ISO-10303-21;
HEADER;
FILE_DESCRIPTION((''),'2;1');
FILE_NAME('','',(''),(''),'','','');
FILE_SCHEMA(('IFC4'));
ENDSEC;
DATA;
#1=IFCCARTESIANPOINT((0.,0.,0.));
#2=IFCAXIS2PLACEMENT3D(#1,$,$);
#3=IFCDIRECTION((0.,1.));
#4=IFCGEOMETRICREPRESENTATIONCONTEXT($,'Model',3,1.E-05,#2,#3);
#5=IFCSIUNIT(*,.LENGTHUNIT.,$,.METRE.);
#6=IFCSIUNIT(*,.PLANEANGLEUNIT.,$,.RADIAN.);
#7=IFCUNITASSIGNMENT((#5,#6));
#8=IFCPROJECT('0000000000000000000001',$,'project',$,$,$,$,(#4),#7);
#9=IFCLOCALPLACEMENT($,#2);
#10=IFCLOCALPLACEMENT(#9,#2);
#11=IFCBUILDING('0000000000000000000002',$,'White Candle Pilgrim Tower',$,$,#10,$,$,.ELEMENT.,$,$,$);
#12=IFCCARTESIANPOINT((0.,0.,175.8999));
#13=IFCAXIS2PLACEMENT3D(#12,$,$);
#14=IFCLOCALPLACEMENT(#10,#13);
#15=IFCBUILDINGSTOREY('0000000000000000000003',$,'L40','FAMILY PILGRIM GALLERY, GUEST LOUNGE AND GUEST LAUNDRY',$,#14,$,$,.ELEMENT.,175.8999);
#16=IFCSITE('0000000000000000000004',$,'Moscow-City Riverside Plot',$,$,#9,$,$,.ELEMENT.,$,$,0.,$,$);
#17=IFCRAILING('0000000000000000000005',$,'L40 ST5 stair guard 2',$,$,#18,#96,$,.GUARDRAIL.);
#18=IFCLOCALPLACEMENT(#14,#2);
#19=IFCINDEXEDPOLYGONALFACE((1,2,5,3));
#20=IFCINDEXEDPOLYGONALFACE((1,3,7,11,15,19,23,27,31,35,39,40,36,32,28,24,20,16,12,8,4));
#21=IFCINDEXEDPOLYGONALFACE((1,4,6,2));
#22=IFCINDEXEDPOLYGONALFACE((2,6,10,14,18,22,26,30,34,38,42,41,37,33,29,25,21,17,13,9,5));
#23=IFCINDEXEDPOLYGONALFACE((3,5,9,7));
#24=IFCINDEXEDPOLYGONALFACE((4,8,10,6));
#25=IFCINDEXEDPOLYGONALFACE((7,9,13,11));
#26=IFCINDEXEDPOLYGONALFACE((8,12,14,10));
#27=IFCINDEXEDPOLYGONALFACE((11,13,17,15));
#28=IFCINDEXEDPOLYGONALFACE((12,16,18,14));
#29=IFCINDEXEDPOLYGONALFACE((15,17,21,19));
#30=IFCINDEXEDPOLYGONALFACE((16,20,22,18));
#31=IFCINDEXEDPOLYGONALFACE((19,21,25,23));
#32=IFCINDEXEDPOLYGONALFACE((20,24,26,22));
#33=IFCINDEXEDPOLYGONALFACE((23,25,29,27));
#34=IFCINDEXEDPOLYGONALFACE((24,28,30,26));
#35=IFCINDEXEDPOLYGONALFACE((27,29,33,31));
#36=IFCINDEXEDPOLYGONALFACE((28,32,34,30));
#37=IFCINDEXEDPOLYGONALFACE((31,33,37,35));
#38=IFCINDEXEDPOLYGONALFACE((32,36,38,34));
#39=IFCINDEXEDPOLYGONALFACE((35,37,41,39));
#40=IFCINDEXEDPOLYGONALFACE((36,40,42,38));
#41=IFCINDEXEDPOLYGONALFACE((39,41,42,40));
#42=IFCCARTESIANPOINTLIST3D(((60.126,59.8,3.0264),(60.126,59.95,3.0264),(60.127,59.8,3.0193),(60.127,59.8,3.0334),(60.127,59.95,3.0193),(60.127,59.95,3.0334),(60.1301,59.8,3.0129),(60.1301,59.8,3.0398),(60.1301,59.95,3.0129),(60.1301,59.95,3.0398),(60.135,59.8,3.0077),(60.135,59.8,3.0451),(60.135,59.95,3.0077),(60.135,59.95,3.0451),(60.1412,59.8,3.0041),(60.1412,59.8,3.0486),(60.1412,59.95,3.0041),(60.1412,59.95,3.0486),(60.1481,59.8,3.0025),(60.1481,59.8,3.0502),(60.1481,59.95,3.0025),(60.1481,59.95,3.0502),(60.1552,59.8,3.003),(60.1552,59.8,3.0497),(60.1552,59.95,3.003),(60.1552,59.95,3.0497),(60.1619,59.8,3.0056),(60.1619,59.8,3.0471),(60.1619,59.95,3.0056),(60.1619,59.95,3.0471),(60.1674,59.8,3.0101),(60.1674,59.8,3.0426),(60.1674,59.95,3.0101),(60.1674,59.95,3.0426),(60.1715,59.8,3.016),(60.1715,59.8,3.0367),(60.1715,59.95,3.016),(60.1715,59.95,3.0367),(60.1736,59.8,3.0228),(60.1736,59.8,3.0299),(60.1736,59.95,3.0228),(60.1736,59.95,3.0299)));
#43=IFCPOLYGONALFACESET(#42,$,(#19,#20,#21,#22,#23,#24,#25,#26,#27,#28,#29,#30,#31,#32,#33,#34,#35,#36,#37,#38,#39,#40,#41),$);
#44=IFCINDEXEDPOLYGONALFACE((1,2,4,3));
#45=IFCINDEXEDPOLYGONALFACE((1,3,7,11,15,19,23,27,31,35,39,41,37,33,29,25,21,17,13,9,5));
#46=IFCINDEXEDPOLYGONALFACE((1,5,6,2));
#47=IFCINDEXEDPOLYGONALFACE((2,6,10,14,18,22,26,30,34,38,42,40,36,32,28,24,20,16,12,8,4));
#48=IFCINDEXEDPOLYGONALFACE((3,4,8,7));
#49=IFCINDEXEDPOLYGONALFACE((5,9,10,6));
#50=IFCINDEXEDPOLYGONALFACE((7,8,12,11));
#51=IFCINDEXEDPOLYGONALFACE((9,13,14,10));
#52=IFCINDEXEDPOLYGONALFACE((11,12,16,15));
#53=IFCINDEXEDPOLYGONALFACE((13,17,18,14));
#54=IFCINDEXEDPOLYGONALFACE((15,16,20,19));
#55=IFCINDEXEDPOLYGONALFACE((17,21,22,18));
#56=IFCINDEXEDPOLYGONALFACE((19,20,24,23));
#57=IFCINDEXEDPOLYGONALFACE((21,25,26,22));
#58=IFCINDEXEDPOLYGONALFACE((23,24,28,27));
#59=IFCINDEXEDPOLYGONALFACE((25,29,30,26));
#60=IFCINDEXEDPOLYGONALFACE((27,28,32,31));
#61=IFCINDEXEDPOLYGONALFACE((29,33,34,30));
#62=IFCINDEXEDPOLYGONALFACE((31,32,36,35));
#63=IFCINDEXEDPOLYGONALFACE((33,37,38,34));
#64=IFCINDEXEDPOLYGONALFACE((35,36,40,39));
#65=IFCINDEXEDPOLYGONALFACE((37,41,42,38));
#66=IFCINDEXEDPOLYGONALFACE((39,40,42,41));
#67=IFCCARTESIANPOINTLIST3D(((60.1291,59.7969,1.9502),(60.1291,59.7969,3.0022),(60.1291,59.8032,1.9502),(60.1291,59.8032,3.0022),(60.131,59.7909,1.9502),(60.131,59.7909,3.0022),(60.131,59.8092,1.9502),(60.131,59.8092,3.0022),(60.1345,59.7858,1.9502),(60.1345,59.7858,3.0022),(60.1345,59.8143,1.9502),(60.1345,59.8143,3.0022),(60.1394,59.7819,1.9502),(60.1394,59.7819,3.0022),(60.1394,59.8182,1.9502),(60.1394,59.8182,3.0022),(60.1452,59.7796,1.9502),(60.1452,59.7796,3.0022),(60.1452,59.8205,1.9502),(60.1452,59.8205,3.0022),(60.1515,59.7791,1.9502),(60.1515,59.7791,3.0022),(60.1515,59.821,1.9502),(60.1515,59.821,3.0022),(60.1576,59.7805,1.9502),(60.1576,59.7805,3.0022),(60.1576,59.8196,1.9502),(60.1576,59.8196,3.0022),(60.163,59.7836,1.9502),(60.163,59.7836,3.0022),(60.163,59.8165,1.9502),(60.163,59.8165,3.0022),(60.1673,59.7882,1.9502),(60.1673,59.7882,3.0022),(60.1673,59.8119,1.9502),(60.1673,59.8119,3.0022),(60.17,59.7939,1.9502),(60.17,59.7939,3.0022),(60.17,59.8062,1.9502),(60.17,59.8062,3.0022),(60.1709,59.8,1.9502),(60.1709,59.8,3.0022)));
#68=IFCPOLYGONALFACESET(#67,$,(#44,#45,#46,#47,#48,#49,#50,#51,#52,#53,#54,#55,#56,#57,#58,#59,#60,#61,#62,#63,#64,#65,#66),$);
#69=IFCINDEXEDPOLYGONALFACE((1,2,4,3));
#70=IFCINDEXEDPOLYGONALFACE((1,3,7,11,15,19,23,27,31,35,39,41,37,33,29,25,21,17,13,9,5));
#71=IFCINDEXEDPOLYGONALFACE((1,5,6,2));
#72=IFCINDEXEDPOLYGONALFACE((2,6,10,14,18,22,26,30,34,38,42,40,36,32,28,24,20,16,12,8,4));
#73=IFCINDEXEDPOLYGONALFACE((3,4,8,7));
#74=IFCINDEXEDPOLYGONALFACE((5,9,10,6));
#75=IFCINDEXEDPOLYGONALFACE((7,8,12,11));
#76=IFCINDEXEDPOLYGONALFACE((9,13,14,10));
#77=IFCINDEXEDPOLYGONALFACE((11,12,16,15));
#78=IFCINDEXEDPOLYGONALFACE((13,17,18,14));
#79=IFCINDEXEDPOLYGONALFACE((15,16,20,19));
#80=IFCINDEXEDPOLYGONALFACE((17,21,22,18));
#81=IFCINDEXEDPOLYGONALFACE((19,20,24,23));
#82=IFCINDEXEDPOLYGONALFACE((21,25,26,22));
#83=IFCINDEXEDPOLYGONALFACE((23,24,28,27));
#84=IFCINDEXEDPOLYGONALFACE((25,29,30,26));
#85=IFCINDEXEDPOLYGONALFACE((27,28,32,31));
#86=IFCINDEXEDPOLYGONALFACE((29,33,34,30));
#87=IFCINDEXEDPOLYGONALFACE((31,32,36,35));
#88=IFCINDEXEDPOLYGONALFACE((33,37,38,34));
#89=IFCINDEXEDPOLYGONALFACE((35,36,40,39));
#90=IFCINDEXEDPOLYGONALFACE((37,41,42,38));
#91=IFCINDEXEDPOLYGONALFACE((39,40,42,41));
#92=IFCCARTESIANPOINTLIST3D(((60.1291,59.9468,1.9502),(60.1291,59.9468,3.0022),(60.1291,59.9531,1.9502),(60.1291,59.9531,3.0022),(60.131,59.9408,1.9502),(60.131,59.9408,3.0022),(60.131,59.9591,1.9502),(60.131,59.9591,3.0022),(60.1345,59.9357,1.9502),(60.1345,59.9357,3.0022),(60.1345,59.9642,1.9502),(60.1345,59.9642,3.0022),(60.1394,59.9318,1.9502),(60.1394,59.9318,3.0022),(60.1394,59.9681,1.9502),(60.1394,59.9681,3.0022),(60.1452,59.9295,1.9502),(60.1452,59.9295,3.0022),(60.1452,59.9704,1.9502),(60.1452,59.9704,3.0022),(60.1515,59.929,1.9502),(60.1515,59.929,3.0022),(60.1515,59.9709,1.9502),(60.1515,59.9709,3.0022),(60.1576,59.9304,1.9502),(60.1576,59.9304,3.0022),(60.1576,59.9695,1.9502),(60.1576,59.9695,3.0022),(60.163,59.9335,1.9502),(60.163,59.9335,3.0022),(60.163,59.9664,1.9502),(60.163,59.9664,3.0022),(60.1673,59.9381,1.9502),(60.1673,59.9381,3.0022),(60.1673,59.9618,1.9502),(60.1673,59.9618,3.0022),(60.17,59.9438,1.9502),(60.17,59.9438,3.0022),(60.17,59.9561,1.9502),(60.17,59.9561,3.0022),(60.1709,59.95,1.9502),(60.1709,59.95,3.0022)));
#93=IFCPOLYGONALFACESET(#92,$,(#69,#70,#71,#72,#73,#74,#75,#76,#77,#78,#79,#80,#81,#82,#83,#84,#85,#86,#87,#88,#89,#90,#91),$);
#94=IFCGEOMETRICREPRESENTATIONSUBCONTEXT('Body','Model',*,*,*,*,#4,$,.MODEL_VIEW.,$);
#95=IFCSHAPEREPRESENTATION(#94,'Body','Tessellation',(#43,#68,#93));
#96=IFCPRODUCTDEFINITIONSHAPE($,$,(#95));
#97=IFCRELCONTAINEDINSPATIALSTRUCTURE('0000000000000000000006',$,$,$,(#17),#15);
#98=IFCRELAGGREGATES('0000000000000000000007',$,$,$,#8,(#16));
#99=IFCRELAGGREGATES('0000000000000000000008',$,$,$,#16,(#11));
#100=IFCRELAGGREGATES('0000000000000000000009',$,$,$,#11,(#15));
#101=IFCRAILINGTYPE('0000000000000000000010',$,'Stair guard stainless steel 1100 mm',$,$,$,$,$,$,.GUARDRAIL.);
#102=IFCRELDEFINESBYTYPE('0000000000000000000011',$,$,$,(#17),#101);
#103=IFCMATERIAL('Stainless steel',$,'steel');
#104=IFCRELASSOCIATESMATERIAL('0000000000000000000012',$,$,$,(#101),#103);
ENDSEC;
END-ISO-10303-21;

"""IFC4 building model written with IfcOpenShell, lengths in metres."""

from ifc_helpers import new_model, si_unit, direction, frame, origin, origin_2d, place, context, subcontext, project, spatial, circle, extrude, material, type_object, element, save


model = new_model("IFC4")

# Units and contexts
model_context = context("Model", 3, precision=1e-05, world=origin(), true_north=direction((0.0, 1.0)))
body_context = subcontext(model_context, "Body", "Model", "MODEL_VIEW")
ifc_project = project(units=[si_unit("LENGTHUNIT", "METRE"), si_unit("PLANEANGLEUNIT", "RADIAN")], contexts=[model_context])

# Site, building, storey
site_placement = place(None, origin())
site = spatial("IfcSite", under=ifc_project, at=site_placement, Name="Moscow-City Riverside Plot", CompositionType="ELEMENT", RefElevation=0.0)
building_placement = place(site_placement, origin())
building = spatial("IfcBuilding", under=site, at=building_placement, Name="White Candle Pilgrim Tower", CompositionType="ELEMENT")
storey_placement = place(building_placement, frame((0.0, 0.0, 175.8999)))
storey = spatial("IfcBuildingStorey", under=building, at=storey_placement, Name="L40", Description="FAMILY PILGRIM GALLERY, GUEST LOUNGE AND GUEST LAUNDRY", CompositionType="ELEMENT", Elevation=175.8999)

# Railing
ifc_material_1 = material(Name="Stainless steel", Category="steel")
railing_type_1 = type_object("IfcRailingType", Name="Stair guard stainless steel 1100 mm", PredefinedType="GUARDRAIL", material=ifc_material_1)
railing_1_placement = place(storey_placement, frame((60.1499, 59.8, 1.9502)))
element("IfcRailing", 1, at=railing_1_placement, inside=storey, type_object=railing_type_1, Name="L40 ST5 stair guard 2", PredefinedType="GUARDRAIL", context=body_context, shape_type="SweptSolid", body=[
    extrude(circle(Radius=0.0239, at=origin_2d()), frame((0.0, 0.0, 1.0762), z_axis=(0.0, 1.0, 0.0), x_axis=(-1.0, 0.0, 0.0)), (0.0, 0.0, 1.0), 0.1499),
    extrude(circle(Radius=0.021, at=origin_2d()), origin(), (0.0, 0.0, 1.0), 1.052),
    extrude(circle(Radius=0.021, at=origin_2d()), frame((0.0, 0.1499, 0.0)), (0.0, 0.0, 1.0), 1.052),
])

save(model, "model.ifc")
